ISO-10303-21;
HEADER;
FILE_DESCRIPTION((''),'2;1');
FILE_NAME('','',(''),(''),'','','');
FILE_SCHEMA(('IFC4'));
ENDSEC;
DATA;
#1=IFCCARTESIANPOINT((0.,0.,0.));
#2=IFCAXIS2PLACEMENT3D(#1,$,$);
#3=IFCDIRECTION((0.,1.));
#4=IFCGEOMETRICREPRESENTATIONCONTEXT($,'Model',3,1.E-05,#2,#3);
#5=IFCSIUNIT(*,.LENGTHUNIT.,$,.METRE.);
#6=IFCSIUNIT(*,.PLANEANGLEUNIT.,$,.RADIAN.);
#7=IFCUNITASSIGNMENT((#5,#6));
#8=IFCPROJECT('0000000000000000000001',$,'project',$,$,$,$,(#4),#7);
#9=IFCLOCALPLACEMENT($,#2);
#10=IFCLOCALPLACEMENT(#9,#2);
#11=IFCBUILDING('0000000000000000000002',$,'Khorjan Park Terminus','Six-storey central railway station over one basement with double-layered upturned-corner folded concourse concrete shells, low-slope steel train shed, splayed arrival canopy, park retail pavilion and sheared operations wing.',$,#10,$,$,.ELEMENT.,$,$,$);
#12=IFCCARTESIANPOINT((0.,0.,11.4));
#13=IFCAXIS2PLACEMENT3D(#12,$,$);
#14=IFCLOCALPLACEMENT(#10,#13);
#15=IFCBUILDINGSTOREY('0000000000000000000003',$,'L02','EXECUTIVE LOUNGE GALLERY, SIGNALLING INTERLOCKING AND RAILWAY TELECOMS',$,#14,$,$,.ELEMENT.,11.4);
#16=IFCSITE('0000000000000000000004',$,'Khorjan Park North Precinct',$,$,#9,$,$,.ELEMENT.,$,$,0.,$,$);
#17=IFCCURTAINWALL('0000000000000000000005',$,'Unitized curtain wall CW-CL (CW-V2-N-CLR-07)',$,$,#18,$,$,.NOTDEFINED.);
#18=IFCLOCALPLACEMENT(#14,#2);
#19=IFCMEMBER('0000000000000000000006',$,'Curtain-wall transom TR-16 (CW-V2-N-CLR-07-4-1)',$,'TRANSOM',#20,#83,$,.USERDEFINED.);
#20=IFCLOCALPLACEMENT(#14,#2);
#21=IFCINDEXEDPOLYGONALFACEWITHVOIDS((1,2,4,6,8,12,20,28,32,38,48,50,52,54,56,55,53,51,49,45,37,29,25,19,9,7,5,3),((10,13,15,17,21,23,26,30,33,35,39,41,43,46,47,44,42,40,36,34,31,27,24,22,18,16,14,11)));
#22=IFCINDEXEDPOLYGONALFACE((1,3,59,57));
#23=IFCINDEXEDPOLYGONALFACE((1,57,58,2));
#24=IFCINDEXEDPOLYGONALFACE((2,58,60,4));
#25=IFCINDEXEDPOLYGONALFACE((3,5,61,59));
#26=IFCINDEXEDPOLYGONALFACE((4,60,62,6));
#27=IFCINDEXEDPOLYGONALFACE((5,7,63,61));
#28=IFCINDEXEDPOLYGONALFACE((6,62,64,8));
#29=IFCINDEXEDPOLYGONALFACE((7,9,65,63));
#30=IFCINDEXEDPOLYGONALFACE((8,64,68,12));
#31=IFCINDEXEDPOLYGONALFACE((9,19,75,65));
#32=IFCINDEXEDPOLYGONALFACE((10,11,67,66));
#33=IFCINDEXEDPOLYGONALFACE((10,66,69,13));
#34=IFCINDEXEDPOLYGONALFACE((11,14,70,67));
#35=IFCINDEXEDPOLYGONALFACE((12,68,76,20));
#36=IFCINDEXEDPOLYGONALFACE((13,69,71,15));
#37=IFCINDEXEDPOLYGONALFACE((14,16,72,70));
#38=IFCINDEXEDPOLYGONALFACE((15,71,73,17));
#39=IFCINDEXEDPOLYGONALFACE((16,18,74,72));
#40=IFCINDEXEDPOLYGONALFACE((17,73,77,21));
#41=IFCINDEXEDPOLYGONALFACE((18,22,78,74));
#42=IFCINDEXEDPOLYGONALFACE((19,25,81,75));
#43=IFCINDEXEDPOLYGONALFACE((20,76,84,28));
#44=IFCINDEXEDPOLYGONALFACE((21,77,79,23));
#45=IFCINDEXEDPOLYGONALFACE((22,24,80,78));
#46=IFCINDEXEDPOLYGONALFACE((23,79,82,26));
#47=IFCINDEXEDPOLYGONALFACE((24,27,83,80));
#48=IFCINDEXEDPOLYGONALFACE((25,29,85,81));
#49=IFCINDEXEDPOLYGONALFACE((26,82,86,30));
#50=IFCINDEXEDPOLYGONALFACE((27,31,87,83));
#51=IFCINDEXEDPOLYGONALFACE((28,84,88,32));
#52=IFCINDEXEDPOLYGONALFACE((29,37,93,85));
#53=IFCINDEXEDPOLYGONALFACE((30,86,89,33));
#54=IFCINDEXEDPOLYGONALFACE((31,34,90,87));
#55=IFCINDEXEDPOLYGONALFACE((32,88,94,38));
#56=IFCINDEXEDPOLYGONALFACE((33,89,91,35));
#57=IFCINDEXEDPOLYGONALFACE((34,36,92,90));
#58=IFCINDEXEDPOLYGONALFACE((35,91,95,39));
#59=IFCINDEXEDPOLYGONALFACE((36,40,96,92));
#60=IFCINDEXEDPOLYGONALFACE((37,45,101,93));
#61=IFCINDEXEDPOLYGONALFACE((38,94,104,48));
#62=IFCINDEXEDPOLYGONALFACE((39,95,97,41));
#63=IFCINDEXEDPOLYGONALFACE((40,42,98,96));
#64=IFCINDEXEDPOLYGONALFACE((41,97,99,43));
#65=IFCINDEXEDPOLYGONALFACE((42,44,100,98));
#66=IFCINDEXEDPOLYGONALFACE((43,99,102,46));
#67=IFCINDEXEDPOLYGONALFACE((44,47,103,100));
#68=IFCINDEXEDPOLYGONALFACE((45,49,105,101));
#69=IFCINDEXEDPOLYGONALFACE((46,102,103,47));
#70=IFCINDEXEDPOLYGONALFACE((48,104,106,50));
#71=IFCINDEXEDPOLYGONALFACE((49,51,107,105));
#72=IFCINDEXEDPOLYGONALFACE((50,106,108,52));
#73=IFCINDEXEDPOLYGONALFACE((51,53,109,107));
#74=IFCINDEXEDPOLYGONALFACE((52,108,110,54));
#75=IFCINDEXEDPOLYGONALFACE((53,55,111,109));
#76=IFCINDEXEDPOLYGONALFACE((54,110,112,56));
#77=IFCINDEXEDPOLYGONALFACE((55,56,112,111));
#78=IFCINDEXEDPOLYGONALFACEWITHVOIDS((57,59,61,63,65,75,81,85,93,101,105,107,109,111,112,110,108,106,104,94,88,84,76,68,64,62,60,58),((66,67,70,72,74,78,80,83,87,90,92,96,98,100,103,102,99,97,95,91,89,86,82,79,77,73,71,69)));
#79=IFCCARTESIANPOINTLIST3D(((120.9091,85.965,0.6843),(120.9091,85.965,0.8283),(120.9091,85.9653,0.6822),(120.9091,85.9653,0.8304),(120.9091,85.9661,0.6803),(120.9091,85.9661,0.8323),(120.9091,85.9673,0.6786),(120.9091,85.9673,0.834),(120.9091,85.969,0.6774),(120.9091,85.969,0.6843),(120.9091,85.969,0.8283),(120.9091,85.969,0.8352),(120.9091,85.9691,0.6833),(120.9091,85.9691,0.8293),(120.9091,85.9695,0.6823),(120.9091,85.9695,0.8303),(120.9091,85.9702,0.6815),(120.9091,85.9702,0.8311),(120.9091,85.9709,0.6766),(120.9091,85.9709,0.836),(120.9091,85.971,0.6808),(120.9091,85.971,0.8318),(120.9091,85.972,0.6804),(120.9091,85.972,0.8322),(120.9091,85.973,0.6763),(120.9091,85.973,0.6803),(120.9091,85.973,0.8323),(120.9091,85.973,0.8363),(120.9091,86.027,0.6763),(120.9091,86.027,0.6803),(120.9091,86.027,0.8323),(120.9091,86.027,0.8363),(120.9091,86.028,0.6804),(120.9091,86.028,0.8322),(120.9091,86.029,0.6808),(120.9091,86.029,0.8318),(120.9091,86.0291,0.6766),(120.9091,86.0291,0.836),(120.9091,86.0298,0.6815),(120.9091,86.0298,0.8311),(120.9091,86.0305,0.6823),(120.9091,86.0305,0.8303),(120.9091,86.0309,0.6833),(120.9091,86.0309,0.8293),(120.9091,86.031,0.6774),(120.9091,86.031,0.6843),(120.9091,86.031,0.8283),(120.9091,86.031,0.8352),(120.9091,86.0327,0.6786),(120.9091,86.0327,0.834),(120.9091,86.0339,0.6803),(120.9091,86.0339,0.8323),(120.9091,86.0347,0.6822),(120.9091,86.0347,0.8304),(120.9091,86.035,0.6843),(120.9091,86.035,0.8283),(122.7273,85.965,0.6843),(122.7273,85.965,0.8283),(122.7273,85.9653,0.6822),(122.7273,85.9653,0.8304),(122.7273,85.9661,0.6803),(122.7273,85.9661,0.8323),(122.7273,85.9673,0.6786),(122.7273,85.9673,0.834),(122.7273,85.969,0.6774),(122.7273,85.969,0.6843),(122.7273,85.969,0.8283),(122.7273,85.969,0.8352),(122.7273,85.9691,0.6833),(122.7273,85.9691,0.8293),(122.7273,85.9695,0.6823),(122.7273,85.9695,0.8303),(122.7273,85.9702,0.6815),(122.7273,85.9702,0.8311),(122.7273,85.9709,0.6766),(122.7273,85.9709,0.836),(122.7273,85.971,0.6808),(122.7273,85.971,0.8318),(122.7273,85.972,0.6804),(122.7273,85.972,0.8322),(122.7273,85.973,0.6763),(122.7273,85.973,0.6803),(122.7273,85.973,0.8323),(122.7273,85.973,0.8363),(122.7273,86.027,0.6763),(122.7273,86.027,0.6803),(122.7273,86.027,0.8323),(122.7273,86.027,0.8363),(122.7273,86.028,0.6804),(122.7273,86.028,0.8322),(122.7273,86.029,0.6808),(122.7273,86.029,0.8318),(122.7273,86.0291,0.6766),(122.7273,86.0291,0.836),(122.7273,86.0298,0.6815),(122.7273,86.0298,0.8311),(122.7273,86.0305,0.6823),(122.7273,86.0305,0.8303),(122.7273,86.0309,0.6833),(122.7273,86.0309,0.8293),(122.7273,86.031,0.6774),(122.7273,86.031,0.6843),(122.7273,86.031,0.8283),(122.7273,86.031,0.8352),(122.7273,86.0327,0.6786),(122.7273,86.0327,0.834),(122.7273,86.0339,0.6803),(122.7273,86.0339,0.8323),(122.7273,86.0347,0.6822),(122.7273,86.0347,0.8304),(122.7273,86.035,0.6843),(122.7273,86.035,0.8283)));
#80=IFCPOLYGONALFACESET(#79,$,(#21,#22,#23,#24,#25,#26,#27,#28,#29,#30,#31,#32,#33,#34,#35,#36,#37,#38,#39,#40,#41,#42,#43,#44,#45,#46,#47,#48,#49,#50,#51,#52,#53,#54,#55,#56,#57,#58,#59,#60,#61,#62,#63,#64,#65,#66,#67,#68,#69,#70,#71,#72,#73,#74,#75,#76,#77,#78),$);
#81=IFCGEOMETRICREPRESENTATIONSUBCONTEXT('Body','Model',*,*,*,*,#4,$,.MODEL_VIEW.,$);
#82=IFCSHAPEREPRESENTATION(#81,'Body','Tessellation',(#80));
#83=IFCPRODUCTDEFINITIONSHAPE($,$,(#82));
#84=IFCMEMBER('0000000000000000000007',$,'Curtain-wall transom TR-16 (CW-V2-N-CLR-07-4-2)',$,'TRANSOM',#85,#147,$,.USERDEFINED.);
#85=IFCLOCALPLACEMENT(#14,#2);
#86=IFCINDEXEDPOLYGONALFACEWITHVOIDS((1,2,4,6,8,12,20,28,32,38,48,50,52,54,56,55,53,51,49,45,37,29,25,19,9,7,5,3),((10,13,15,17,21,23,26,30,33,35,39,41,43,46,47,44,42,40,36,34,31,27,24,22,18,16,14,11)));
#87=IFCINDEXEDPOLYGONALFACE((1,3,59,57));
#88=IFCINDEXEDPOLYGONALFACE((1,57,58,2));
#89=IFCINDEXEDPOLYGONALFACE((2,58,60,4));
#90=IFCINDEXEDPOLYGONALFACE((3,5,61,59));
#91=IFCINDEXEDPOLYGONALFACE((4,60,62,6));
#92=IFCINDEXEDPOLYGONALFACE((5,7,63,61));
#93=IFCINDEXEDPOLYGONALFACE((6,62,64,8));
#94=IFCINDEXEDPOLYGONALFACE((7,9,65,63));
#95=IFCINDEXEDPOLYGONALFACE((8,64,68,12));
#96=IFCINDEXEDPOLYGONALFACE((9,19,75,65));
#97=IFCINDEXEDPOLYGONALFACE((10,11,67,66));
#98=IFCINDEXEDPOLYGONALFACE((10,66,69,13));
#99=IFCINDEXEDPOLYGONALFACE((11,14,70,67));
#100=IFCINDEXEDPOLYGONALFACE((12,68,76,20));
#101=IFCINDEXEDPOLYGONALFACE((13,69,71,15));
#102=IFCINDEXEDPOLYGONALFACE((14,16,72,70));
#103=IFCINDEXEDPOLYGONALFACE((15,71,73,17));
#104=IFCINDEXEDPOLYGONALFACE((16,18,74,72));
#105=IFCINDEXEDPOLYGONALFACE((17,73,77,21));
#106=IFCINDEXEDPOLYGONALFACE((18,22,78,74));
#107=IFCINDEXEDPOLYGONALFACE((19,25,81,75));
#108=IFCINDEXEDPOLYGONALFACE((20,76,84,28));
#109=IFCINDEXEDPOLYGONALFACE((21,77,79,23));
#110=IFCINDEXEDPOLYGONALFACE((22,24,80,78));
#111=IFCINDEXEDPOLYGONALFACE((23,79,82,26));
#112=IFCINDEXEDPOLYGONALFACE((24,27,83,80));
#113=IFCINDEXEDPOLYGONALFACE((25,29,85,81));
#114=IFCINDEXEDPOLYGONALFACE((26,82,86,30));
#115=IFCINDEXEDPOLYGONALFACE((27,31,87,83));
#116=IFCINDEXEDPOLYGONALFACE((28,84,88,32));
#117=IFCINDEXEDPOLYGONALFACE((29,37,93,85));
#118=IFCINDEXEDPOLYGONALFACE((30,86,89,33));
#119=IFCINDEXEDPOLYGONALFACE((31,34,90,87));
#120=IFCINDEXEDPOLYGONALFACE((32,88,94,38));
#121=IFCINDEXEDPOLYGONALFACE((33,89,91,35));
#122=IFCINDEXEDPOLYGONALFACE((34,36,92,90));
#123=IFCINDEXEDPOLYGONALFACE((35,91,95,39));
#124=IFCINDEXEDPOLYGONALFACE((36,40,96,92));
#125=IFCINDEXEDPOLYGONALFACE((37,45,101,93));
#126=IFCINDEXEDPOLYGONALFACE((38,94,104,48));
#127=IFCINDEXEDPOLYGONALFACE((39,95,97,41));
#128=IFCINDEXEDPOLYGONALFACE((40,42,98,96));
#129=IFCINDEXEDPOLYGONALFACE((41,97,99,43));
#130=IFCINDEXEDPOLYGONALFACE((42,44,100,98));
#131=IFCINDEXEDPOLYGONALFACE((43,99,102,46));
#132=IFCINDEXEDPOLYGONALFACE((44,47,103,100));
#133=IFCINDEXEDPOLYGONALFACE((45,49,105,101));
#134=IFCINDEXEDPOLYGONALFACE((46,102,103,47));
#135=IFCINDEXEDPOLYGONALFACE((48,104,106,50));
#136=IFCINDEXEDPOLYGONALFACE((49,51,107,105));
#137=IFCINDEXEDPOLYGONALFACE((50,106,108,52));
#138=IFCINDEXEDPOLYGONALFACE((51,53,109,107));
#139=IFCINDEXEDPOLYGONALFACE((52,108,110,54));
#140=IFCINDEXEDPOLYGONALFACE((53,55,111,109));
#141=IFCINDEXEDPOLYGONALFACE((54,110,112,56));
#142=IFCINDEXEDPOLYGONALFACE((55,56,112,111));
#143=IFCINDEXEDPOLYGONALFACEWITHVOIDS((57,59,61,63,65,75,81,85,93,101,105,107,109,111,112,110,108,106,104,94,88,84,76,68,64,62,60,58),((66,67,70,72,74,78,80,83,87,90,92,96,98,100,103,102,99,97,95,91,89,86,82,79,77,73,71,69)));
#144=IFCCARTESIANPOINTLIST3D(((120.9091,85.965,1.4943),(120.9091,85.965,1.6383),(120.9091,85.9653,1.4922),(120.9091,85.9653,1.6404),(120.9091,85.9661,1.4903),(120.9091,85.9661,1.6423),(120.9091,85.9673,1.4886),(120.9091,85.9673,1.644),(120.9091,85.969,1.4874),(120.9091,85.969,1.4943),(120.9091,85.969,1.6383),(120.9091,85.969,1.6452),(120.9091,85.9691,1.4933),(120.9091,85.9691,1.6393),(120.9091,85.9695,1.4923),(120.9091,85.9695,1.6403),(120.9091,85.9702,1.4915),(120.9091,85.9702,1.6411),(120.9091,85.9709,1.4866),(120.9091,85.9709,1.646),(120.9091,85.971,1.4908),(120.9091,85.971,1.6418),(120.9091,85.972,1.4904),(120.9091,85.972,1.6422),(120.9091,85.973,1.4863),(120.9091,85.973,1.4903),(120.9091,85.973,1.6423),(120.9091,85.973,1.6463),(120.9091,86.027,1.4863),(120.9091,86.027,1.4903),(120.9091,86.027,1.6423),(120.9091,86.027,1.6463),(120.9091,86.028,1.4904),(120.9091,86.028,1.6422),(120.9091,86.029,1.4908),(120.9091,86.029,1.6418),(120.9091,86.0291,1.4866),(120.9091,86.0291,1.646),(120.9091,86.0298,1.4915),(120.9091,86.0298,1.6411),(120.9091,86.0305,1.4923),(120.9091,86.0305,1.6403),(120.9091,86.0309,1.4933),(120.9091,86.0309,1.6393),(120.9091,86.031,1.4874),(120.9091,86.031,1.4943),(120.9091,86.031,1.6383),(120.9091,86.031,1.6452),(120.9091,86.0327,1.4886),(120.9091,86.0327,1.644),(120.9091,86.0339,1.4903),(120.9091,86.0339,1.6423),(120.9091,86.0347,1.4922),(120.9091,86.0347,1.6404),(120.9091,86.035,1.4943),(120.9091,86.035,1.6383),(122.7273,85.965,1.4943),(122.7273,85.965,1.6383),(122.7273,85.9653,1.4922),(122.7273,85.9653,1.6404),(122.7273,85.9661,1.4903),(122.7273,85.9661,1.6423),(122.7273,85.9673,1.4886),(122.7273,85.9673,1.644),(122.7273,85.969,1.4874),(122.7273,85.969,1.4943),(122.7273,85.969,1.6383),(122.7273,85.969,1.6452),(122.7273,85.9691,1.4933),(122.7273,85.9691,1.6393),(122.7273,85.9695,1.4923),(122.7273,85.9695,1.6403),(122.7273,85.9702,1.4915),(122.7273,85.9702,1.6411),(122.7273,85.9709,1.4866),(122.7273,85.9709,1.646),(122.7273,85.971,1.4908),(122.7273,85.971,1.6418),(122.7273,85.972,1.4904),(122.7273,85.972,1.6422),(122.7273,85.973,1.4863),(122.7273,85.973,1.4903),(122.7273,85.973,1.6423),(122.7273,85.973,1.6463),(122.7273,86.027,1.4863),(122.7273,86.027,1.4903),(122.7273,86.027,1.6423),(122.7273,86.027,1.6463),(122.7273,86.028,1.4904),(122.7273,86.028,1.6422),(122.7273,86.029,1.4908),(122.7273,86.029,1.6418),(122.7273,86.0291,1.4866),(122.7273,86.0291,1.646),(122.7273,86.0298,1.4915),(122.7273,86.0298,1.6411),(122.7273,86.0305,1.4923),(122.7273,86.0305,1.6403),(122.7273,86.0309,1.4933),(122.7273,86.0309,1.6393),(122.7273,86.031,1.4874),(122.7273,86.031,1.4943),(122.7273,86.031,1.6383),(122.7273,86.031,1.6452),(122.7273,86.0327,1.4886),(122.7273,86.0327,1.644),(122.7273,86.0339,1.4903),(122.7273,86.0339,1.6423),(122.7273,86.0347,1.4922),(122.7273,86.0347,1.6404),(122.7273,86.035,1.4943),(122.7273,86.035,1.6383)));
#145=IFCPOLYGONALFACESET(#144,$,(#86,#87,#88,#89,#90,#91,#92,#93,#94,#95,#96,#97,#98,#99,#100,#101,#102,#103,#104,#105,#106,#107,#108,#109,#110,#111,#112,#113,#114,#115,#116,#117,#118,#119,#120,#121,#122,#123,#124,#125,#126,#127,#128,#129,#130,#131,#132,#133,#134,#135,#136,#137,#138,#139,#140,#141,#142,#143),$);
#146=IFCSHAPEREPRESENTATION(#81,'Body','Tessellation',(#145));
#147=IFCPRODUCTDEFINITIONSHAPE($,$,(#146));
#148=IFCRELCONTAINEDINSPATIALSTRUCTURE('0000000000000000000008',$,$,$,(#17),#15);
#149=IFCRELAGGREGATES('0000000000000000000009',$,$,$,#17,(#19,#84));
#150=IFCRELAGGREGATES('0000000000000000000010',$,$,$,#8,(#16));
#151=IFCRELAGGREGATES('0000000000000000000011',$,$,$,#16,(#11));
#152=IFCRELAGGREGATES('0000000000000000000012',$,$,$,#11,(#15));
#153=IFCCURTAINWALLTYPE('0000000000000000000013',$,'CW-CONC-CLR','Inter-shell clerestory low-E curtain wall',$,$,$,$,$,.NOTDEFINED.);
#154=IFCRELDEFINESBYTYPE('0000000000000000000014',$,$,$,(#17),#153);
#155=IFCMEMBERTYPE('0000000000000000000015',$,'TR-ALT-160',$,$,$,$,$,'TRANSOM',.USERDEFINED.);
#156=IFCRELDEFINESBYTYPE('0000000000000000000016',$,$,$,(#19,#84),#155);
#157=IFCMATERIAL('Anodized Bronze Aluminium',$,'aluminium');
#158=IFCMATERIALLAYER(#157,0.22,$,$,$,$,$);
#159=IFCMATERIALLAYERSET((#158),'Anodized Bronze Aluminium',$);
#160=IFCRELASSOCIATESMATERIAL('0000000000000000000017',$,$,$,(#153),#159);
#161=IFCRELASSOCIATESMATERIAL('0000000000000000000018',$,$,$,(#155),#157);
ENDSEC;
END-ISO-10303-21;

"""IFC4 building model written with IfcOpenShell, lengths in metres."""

from ifc_helpers import new_model, si_unit, direction, frame, origin, origin_2d, place, context, subcontext, project, spatial, hollow_rectangle, extrude, material, layer, layer_set, material_profile, profile_set, type_object, element, aggregate, save


model = new_model("IFC4")

# Units and contexts
model_context = context("Model", 3, precision=1e-05, world=origin(), true_north=direction((0.0, 1.0)))
body_context = subcontext(model_context, "Body", "Model", "MODEL_VIEW")
ifc_project = project(units=[si_unit("LENGTHUNIT", "METRE"), si_unit("PLANEANGLEUNIT", "RADIAN")], contexts=[model_context])

# Site, building, storey
site_placement = place(None, origin())
site = spatial("IfcSite", under=ifc_project, at=site_placement, Name="Khorjan Park North Precinct", CompositionType="ELEMENT", RefElevation=0.0)
building_placement = place(site_placement, origin())
building = spatial("IfcBuilding", under=site, at=building_placement, Name="Khorjan Park Terminus", Description="Six-storey central railway station over one basement with double-layered upturned-corner folded concourse concrete shells, low-slope steel train shed, splayed arrival canopy, park retail pavilion and sheared operations wing.", CompositionType="ELEMENT")
storey_placement = place(building_placement, frame((0.0, 0.0, 11.4)))
storey = spatial("IfcBuildingStorey", under=building, at=storey_placement, Name="L02", Description="EXECUTIVE LOUNGE GALLERY, SIGNALLING INTERLOCKING AND RAILWAY TELECOMS", CompositionType="ELEMENT", Elevation=11.4)

# Curtain wall
ifc_material_1 = material(Name="Anodized Bronze Aluminium", Category="aluminium")
ifc_layer_1 = layer(ifc_material_1, 0.22)
ifc_layer_set_1 = layer_set([ifc_layer_1], Name="Anodized Bronze Aluminium")
curtain_wall_type = type_object("IfcCurtainWallType", Name="CW-CONC-CLR", Description="Inter-shell clerestory low-E curtain wall", PredefinedType="NOTDEFINED", material=ifc_layer_set_1)
curtain_wall_placement = place(storey_placement, origin())
curtain_wall = element("IfcCurtainWall", 1, at=curtain_wall_placement, inside=storey, type_object=curtain_wall_type, Name="Unitized curtain wall CW-CL (CW-V2-N-CLR-07)", PredefinedType="NOTDEFINED")

# Members
ifc_material_profile_1 = material_profile(ifc_material_1, hollow_rectangle(XDim=0.07, YDim=0.16, WallThickness=0.004, InnerFilletRadius=0.004, OuterFilletRadius=0.008, at=origin_2d()), Name="ALT 70x160x4")
ifc_profile_set_1 = profile_set([ifc_material_profile_1], Name="Anodized Bronze Aluminium")
member_type_1 = type_object("IfcMemberType", Name="TR-ALT-160", ElementType="TRANSOM", PredefinedType="USERDEFINED", material=ifc_profile_set_1)
member_1_placement = place(storey_placement, frame((122.7273, 86.0, 0.7563), z_axis=(-1.0, 0.0, 0.0), x_axis=(0.0, -1.0, 0.0)))
member_1 = element("IfcMember", 2, at=member_1_placement, type_object=member_type_1, Name="Curtain-wall transom TR-16 (CW-V2-N-CLR-07-4-1)", ObjectType="TRANSOM", PredefinedType="USERDEFINED", context=body_context, shape_type="SweptSolid", body=[
    extrude(hollow_rectangle(XDim=0.07, YDim=0.16, WallThickness=0.004, InnerFilletRadius=0.004, OuterFilletRadius=0.008, at=origin_2d()), origin(), (0.0, 0.0, 1.0), 1.8182),
])
member_2_placement = place(storey_placement, frame((122.7273, 86.0, 1.5663), z_axis=(-1.0, 0.0, 0.0), x_axis=(0.0, -1.0, 0.0)))
member_2 = element("IfcMember", 3, at=member_2_placement, type_object=member_type_1, Name="Curtain-wall transom TR-16 (CW-V2-N-CLR-07-4-2)", ObjectType="TRANSOM", PredefinedType="USERDEFINED", context=body_context, shape_type="SweptSolid", body=[
    extrude(hollow_rectangle(XDim=0.07, YDim=0.16, WallThickness=0.004, InnerFilletRadius=0.004, OuterFilletRadius=0.008, at=origin_2d()), origin(), (0.0, 0.0, 1.0), 1.8182),
])

aggregate(curtain_wall, [member_1, member_2])

save(model, "model.ifc")
